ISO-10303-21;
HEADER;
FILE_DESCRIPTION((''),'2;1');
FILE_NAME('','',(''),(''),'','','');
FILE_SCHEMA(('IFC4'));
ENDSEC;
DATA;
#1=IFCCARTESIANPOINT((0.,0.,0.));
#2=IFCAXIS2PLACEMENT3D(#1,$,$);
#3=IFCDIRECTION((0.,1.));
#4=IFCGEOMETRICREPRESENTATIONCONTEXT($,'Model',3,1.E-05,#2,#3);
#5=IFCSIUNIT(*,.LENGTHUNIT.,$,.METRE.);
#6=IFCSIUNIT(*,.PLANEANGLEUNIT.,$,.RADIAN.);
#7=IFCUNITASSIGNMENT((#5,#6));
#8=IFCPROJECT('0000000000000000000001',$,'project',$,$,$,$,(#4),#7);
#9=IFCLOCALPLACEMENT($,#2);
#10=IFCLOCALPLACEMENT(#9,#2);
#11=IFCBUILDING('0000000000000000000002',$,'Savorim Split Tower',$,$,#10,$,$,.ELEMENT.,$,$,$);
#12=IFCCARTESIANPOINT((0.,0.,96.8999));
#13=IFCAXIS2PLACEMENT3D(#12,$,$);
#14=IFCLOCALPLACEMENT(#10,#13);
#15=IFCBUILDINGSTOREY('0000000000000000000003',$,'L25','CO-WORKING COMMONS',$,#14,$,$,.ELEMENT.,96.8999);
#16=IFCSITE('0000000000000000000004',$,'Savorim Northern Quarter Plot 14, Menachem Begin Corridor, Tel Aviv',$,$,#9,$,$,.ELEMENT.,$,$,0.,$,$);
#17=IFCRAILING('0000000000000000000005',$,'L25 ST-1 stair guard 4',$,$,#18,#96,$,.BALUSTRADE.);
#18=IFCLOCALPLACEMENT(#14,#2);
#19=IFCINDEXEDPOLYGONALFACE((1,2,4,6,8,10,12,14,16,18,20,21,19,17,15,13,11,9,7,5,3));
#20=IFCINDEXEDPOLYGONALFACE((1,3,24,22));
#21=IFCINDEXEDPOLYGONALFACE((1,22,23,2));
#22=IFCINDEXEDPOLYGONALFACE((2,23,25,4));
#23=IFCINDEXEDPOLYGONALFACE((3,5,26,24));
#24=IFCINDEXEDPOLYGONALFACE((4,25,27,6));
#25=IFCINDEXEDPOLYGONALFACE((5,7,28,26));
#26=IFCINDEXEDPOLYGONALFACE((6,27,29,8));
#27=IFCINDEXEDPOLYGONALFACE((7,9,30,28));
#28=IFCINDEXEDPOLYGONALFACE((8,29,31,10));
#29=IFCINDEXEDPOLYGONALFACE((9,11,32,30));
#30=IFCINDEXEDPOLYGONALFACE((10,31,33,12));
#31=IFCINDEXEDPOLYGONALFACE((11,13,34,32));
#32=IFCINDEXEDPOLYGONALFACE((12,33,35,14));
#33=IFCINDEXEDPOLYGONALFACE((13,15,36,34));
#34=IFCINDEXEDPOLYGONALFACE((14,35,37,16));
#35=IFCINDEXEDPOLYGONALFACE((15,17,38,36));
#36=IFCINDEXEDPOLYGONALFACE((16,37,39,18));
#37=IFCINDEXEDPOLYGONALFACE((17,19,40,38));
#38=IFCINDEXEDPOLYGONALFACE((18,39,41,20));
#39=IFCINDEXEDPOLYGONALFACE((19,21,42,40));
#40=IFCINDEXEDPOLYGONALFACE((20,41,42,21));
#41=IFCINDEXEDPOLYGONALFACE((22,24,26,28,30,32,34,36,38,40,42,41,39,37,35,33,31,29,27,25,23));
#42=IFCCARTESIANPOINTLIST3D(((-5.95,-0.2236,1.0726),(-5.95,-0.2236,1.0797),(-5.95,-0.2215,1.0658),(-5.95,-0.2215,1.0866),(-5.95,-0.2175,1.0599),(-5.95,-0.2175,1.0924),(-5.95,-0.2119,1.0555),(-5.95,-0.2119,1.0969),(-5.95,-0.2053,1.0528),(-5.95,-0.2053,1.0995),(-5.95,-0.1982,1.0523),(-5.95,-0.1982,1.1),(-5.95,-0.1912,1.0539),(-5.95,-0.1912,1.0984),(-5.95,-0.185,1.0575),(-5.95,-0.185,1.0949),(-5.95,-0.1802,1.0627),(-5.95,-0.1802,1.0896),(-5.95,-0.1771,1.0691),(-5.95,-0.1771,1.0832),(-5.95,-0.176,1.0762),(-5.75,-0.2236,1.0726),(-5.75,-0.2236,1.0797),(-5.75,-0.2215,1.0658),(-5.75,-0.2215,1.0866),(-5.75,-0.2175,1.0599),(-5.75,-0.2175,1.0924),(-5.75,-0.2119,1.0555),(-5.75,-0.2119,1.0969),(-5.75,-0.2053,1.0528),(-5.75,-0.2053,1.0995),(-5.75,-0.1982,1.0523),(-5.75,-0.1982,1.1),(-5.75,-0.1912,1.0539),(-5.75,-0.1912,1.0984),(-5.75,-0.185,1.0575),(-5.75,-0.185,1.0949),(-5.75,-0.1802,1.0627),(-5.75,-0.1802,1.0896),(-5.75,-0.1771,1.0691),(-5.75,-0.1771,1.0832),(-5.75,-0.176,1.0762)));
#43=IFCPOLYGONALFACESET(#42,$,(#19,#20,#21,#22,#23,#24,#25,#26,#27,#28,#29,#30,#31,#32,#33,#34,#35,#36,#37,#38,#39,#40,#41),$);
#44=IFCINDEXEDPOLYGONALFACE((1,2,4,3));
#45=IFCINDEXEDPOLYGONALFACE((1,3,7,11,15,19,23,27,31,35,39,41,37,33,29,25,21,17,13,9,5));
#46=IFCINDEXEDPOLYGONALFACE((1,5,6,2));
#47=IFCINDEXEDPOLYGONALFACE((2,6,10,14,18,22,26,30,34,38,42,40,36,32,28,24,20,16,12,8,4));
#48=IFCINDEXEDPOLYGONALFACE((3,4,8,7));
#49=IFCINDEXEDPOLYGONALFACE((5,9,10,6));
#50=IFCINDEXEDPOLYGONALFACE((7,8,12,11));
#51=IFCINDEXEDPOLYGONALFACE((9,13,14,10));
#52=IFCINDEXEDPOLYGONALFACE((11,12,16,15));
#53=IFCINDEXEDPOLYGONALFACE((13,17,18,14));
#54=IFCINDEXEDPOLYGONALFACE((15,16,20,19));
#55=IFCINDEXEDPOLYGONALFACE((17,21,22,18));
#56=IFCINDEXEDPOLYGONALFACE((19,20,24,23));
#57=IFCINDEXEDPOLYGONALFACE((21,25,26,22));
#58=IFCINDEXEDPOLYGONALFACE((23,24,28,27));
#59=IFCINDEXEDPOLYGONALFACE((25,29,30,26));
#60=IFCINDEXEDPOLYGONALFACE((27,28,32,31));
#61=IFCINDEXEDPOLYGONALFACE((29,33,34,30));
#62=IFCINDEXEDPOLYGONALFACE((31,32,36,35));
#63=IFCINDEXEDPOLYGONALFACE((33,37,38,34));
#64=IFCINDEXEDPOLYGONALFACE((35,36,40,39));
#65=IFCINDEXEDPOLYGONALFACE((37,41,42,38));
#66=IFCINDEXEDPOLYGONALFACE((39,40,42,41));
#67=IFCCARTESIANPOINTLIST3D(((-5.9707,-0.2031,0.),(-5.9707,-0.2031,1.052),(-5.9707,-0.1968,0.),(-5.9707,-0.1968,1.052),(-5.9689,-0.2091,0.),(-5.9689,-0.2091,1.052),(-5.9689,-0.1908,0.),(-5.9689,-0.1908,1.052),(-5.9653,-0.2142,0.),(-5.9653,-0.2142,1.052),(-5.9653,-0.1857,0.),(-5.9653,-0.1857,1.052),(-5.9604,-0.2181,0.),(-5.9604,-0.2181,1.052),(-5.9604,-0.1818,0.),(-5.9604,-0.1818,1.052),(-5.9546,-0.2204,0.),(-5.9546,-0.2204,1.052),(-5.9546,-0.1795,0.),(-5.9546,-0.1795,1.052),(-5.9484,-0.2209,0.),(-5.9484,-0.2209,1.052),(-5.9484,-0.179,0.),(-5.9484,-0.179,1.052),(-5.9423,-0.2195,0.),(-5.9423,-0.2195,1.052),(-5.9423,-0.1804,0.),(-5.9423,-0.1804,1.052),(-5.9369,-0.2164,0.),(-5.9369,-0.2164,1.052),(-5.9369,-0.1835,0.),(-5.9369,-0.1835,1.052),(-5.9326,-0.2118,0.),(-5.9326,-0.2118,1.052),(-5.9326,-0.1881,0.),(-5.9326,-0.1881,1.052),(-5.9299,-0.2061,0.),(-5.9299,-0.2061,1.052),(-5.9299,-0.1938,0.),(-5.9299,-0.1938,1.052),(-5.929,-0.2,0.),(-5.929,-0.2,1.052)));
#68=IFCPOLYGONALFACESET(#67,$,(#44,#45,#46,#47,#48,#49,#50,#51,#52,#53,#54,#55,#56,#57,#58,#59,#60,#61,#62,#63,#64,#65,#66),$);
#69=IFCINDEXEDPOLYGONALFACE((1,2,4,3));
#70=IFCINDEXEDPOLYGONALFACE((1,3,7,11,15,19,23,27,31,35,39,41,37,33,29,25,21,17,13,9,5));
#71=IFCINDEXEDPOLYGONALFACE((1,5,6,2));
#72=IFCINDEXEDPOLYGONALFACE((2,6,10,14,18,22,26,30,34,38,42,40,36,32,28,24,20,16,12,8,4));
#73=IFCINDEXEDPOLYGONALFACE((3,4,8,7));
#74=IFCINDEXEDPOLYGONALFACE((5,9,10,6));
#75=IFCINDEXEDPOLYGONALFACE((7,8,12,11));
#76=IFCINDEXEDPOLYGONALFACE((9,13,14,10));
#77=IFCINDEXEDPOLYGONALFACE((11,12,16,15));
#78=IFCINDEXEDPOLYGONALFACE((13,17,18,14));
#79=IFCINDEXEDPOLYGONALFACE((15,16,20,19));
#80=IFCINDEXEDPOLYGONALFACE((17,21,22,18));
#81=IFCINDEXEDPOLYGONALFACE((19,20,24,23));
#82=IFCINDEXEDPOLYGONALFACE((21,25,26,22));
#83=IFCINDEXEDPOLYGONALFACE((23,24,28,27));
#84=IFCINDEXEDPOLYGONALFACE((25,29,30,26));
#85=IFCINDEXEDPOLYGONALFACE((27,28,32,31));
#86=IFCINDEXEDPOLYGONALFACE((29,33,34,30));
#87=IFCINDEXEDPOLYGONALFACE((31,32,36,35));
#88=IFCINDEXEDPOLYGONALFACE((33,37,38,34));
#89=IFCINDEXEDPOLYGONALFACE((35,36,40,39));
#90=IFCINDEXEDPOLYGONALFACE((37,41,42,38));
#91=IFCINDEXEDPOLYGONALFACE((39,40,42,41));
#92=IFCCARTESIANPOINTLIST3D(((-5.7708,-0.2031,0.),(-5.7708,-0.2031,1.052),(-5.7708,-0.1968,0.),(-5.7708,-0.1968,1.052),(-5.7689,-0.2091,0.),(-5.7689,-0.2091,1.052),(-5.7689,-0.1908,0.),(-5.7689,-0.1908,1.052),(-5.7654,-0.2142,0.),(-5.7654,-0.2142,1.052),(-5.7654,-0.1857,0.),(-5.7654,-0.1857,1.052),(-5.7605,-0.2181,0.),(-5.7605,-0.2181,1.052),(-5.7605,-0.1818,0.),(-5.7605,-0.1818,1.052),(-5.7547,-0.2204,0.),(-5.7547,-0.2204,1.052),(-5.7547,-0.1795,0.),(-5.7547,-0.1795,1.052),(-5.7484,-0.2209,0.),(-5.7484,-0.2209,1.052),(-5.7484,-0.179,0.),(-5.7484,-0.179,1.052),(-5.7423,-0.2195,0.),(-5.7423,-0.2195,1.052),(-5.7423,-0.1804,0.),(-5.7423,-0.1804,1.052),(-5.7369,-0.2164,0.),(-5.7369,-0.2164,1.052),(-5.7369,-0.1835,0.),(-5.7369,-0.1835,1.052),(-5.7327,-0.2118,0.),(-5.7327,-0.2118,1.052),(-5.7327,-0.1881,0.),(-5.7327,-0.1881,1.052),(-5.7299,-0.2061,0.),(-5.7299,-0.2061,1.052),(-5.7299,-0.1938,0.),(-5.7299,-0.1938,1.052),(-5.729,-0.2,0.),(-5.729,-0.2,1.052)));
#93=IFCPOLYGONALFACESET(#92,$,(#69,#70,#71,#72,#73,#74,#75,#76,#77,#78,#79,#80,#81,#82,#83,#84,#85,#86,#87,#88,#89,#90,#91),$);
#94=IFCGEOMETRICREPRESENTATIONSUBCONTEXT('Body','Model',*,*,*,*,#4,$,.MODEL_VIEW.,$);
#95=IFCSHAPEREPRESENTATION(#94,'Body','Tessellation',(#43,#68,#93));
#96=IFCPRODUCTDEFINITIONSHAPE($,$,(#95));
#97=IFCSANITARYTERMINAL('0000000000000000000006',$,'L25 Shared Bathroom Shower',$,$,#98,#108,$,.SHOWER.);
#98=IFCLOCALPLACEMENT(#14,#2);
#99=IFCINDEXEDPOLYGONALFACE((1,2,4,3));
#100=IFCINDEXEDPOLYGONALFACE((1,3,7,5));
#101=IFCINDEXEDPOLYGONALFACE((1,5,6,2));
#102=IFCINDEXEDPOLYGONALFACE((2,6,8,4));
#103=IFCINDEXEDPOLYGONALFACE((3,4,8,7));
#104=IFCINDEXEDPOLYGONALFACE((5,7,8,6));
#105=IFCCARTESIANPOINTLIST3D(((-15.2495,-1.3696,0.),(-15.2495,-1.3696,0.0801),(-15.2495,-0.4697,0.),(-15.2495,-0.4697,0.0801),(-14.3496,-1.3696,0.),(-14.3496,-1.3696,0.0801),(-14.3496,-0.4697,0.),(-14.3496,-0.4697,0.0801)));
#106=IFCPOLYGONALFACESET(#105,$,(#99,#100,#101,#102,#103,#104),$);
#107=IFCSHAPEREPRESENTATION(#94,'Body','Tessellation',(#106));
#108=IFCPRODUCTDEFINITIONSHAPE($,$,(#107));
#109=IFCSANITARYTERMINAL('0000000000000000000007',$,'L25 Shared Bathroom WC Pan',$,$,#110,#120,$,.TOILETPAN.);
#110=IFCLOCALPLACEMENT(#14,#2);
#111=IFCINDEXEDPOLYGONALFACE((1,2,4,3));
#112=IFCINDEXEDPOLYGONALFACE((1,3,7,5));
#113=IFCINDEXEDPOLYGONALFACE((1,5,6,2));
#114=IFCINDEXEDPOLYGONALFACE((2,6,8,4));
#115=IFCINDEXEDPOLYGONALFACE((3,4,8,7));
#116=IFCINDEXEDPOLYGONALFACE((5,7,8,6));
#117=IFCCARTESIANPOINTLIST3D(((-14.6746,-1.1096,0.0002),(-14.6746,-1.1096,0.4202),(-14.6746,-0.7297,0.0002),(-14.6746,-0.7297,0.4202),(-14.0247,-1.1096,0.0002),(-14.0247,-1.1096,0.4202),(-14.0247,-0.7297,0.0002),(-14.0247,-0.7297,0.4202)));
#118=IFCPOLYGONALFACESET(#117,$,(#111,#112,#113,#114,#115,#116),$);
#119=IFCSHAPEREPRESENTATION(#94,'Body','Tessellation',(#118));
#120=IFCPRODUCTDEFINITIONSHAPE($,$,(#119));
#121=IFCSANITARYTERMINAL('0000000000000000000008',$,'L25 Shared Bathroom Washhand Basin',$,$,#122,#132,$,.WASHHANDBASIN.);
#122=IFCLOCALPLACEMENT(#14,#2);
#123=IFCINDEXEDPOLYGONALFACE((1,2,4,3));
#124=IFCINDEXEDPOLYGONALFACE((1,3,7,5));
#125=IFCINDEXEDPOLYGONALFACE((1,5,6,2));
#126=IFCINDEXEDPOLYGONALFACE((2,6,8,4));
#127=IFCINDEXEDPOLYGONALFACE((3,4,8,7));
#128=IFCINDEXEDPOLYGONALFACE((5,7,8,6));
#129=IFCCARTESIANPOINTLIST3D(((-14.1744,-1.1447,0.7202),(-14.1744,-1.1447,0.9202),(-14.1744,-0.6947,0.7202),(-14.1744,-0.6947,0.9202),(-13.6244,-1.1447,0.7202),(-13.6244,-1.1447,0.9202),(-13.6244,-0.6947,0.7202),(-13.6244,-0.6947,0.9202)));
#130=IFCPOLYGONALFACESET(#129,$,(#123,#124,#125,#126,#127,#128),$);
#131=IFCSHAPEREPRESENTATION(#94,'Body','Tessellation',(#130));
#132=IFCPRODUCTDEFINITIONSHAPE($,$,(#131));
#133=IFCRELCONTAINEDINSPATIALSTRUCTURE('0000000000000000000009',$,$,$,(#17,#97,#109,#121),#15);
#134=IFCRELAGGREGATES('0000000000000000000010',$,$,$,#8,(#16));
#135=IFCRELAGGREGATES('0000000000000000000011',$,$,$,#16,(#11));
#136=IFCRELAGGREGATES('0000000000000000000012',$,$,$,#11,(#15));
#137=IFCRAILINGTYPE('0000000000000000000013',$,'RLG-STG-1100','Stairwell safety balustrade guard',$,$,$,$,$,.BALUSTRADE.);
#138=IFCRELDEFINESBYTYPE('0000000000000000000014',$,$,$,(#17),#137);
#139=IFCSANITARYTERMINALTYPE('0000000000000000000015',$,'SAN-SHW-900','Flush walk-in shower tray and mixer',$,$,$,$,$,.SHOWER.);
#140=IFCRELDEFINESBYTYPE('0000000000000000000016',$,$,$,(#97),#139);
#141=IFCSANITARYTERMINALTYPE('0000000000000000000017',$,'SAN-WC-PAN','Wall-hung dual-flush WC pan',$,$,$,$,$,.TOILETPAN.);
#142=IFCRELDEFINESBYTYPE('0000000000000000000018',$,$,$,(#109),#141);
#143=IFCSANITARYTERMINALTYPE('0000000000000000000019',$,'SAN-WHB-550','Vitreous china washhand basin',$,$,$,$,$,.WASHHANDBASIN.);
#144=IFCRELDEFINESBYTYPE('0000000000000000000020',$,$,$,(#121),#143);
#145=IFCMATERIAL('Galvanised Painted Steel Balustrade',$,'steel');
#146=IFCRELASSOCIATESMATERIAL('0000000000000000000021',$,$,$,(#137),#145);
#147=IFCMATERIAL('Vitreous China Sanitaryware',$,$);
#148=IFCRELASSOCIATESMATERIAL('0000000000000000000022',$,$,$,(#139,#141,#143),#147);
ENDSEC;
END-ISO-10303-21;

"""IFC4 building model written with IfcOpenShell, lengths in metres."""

from ifc_helpers import new_model, si_unit, direction, frame, origin, origin_2d, place, context, subcontext, project, spatial, rectangle, circle, extrude, material, type_object, element, save


model = new_model("IFC4")

# Units and contexts
model_context = context("Model", 3, precision=1e-05, world=origin(), true_north=direction((0.0, 1.0)))
body_context = subcontext(model_context, "Body", "Model", "MODEL_VIEW")
ifc_project = project(units=[si_unit("LENGTHUNIT", "METRE"), si_unit("PLANEANGLEUNIT", "RADIAN")], contexts=[model_context])

# Site, building, storey
site_placement = place(None, origin())
site = spatial("IfcSite", under=ifc_project, at=site_placement, Name="Savorim Northern Quarter Plot 14, Menachem Begin Corridor, Tel Aviv", CompositionType="ELEMENT", RefElevation=0.0)
building_placement = place(site_placement, origin())
building = spatial("IfcBuilding", under=site, at=building_placement, Name="Savorim Split Tower", CompositionType="ELEMENT")
storey_placement = place(building_placement, frame((0.0, 0.0, 96.8999)))
storey = spatial("IfcBuildingStorey", under=building, at=storey_placement, Name="L25", Description="CO-WORKING COMMONS", CompositionType="ELEMENT", Elevation=96.8999)

# Railing
ifc_material_1 = material(Name="Galvanised Painted Steel Balustrade", Category="steel")
railing_type_1 = type_object("IfcRailingType", Name="RLG-STG-1100", Description="Stairwell safety balustrade guard", PredefinedType="BALUSTRADE", material=ifc_material_1)
railing_1_placement = place(storey_placement, frame((-5.95, -0.2, 0.0)))
element("IfcRailing", 1, at=railing_1_placement, inside=storey, type_object=railing_type_1, Name="L25 ST-1 stair guard 4", PredefinedType="BALUSTRADE", context=body_context, shape_type="SweptSolid", body=[
    extrude(circle(Radius=0.0239, at=origin_2d()), frame((0.0, 0.0, 1.0762), z_axis=(1.0, 0.0, 0.0), x_axis=(0.0, 1.0, 0.0)), (0.0, 0.0, 1.0), 0.2),
    extrude(circle(Radius=0.021, at=origin_2d()), origin(), (0.0, 0.0, 1.0), 1.052),
    extrude(circle(Radius=0.021, at=origin_2d()), frame((0.2, 0.0, 0.0)), (0.0, 0.0, 1.0), 1.052),
])

# Sanitary terminals
ifc_material_2 = material(Name="Vitreous China Sanitaryware")
sanitary_terminal_type_1 = type_object("IfcSanitaryTerminalType", Name="SAN-SHW-900", Description="Flush walk-in shower tray and mixer", PredefinedType="SHOWER", material=ifc_material_2)
sanitary_terminal_1_placement = place(storey_placement, frame((-14.7996, -0.9197, 0.0), z_axis=(0.0, 0.0, 1.0), x_axis=(1.0, 0.0, 0.0)))
element("IfcSanitaryTerminal", 2, at=sanitary_terminal_1_placement, inside=storey, type_object=sanitary_terminal_type_1, Name="L25 Shared Bathroom Shower", PredefinedType="SHOWER", context=body_context, shape_type="SweptSolid", body=[
    extrude(rectangle(XDim=0.8999, YDim=0.8999, at=origin_2d()), origin(), (0.0, 0.0, 1.0), 0.0801),
])
sanitary_terminal_type_2 = type_object("IfcSanitaryTerminalType", Name="SAN-WC-PAN", Description="Wall-hung dual-flush WC pan", PredefinedType="TOILETPAN", material=ifc_material_2)
sanitary_terminal_2_placement = place(storey_placement, frame((-14.3496, -0.9197, 0.0002), z_axis=(0.0, 0.0, 1.0), x_axis=(1.0, 0.0, 0.0)))
element("IfcSanitaryTerminal", 3, at=sanitary_terminal_2_placement, inside=storey, type_object=sanitary_terminal_type_2, Name="L25 Shared Bathroom WC Pan", PredefinedType="TOILETPAN", context=body_context, shape_type="SweptSolid", body=[
    extrude(rectangle(XDim=0.6499, YDim=0.3799, at=origin_2d()), origin(), (0.0, 0.0, 1.0), 0.4199),
])
sanitary_terminal_type_3 = type_object("IfcSanitaryTerminalType", Name="SAN-WHB-550", Description="Vitreous china washhand basin", PredefinedType="WASHHANDBASIN", material=ifc_material_2)
sanitary_terminal_3_placement = place(storey_placement, frame((-13.8994, -0.9197, 0.7202), z_axis=(0.0, 0.0, 1.0), x_axis=(1.0, 0.0, 0.0)))
element("IfcSanitaryTerminal", 4, at=sanitary_terminal_3_placement, inside=storey, type_object=sanitary_terminal_type_3, Name="L25 Shared Bathroom Washhand Basin", PredefinedType="WASHHANDBASIN", context=body_context, shape_type="SweptSolid", body=[
    extrude(rectangle(XDim=0.55, YDim=0.45, at=origin_2d()), origin(), (0.0, 0.0, 1.0), 0.2),
])

save(model, "model.ifc")
